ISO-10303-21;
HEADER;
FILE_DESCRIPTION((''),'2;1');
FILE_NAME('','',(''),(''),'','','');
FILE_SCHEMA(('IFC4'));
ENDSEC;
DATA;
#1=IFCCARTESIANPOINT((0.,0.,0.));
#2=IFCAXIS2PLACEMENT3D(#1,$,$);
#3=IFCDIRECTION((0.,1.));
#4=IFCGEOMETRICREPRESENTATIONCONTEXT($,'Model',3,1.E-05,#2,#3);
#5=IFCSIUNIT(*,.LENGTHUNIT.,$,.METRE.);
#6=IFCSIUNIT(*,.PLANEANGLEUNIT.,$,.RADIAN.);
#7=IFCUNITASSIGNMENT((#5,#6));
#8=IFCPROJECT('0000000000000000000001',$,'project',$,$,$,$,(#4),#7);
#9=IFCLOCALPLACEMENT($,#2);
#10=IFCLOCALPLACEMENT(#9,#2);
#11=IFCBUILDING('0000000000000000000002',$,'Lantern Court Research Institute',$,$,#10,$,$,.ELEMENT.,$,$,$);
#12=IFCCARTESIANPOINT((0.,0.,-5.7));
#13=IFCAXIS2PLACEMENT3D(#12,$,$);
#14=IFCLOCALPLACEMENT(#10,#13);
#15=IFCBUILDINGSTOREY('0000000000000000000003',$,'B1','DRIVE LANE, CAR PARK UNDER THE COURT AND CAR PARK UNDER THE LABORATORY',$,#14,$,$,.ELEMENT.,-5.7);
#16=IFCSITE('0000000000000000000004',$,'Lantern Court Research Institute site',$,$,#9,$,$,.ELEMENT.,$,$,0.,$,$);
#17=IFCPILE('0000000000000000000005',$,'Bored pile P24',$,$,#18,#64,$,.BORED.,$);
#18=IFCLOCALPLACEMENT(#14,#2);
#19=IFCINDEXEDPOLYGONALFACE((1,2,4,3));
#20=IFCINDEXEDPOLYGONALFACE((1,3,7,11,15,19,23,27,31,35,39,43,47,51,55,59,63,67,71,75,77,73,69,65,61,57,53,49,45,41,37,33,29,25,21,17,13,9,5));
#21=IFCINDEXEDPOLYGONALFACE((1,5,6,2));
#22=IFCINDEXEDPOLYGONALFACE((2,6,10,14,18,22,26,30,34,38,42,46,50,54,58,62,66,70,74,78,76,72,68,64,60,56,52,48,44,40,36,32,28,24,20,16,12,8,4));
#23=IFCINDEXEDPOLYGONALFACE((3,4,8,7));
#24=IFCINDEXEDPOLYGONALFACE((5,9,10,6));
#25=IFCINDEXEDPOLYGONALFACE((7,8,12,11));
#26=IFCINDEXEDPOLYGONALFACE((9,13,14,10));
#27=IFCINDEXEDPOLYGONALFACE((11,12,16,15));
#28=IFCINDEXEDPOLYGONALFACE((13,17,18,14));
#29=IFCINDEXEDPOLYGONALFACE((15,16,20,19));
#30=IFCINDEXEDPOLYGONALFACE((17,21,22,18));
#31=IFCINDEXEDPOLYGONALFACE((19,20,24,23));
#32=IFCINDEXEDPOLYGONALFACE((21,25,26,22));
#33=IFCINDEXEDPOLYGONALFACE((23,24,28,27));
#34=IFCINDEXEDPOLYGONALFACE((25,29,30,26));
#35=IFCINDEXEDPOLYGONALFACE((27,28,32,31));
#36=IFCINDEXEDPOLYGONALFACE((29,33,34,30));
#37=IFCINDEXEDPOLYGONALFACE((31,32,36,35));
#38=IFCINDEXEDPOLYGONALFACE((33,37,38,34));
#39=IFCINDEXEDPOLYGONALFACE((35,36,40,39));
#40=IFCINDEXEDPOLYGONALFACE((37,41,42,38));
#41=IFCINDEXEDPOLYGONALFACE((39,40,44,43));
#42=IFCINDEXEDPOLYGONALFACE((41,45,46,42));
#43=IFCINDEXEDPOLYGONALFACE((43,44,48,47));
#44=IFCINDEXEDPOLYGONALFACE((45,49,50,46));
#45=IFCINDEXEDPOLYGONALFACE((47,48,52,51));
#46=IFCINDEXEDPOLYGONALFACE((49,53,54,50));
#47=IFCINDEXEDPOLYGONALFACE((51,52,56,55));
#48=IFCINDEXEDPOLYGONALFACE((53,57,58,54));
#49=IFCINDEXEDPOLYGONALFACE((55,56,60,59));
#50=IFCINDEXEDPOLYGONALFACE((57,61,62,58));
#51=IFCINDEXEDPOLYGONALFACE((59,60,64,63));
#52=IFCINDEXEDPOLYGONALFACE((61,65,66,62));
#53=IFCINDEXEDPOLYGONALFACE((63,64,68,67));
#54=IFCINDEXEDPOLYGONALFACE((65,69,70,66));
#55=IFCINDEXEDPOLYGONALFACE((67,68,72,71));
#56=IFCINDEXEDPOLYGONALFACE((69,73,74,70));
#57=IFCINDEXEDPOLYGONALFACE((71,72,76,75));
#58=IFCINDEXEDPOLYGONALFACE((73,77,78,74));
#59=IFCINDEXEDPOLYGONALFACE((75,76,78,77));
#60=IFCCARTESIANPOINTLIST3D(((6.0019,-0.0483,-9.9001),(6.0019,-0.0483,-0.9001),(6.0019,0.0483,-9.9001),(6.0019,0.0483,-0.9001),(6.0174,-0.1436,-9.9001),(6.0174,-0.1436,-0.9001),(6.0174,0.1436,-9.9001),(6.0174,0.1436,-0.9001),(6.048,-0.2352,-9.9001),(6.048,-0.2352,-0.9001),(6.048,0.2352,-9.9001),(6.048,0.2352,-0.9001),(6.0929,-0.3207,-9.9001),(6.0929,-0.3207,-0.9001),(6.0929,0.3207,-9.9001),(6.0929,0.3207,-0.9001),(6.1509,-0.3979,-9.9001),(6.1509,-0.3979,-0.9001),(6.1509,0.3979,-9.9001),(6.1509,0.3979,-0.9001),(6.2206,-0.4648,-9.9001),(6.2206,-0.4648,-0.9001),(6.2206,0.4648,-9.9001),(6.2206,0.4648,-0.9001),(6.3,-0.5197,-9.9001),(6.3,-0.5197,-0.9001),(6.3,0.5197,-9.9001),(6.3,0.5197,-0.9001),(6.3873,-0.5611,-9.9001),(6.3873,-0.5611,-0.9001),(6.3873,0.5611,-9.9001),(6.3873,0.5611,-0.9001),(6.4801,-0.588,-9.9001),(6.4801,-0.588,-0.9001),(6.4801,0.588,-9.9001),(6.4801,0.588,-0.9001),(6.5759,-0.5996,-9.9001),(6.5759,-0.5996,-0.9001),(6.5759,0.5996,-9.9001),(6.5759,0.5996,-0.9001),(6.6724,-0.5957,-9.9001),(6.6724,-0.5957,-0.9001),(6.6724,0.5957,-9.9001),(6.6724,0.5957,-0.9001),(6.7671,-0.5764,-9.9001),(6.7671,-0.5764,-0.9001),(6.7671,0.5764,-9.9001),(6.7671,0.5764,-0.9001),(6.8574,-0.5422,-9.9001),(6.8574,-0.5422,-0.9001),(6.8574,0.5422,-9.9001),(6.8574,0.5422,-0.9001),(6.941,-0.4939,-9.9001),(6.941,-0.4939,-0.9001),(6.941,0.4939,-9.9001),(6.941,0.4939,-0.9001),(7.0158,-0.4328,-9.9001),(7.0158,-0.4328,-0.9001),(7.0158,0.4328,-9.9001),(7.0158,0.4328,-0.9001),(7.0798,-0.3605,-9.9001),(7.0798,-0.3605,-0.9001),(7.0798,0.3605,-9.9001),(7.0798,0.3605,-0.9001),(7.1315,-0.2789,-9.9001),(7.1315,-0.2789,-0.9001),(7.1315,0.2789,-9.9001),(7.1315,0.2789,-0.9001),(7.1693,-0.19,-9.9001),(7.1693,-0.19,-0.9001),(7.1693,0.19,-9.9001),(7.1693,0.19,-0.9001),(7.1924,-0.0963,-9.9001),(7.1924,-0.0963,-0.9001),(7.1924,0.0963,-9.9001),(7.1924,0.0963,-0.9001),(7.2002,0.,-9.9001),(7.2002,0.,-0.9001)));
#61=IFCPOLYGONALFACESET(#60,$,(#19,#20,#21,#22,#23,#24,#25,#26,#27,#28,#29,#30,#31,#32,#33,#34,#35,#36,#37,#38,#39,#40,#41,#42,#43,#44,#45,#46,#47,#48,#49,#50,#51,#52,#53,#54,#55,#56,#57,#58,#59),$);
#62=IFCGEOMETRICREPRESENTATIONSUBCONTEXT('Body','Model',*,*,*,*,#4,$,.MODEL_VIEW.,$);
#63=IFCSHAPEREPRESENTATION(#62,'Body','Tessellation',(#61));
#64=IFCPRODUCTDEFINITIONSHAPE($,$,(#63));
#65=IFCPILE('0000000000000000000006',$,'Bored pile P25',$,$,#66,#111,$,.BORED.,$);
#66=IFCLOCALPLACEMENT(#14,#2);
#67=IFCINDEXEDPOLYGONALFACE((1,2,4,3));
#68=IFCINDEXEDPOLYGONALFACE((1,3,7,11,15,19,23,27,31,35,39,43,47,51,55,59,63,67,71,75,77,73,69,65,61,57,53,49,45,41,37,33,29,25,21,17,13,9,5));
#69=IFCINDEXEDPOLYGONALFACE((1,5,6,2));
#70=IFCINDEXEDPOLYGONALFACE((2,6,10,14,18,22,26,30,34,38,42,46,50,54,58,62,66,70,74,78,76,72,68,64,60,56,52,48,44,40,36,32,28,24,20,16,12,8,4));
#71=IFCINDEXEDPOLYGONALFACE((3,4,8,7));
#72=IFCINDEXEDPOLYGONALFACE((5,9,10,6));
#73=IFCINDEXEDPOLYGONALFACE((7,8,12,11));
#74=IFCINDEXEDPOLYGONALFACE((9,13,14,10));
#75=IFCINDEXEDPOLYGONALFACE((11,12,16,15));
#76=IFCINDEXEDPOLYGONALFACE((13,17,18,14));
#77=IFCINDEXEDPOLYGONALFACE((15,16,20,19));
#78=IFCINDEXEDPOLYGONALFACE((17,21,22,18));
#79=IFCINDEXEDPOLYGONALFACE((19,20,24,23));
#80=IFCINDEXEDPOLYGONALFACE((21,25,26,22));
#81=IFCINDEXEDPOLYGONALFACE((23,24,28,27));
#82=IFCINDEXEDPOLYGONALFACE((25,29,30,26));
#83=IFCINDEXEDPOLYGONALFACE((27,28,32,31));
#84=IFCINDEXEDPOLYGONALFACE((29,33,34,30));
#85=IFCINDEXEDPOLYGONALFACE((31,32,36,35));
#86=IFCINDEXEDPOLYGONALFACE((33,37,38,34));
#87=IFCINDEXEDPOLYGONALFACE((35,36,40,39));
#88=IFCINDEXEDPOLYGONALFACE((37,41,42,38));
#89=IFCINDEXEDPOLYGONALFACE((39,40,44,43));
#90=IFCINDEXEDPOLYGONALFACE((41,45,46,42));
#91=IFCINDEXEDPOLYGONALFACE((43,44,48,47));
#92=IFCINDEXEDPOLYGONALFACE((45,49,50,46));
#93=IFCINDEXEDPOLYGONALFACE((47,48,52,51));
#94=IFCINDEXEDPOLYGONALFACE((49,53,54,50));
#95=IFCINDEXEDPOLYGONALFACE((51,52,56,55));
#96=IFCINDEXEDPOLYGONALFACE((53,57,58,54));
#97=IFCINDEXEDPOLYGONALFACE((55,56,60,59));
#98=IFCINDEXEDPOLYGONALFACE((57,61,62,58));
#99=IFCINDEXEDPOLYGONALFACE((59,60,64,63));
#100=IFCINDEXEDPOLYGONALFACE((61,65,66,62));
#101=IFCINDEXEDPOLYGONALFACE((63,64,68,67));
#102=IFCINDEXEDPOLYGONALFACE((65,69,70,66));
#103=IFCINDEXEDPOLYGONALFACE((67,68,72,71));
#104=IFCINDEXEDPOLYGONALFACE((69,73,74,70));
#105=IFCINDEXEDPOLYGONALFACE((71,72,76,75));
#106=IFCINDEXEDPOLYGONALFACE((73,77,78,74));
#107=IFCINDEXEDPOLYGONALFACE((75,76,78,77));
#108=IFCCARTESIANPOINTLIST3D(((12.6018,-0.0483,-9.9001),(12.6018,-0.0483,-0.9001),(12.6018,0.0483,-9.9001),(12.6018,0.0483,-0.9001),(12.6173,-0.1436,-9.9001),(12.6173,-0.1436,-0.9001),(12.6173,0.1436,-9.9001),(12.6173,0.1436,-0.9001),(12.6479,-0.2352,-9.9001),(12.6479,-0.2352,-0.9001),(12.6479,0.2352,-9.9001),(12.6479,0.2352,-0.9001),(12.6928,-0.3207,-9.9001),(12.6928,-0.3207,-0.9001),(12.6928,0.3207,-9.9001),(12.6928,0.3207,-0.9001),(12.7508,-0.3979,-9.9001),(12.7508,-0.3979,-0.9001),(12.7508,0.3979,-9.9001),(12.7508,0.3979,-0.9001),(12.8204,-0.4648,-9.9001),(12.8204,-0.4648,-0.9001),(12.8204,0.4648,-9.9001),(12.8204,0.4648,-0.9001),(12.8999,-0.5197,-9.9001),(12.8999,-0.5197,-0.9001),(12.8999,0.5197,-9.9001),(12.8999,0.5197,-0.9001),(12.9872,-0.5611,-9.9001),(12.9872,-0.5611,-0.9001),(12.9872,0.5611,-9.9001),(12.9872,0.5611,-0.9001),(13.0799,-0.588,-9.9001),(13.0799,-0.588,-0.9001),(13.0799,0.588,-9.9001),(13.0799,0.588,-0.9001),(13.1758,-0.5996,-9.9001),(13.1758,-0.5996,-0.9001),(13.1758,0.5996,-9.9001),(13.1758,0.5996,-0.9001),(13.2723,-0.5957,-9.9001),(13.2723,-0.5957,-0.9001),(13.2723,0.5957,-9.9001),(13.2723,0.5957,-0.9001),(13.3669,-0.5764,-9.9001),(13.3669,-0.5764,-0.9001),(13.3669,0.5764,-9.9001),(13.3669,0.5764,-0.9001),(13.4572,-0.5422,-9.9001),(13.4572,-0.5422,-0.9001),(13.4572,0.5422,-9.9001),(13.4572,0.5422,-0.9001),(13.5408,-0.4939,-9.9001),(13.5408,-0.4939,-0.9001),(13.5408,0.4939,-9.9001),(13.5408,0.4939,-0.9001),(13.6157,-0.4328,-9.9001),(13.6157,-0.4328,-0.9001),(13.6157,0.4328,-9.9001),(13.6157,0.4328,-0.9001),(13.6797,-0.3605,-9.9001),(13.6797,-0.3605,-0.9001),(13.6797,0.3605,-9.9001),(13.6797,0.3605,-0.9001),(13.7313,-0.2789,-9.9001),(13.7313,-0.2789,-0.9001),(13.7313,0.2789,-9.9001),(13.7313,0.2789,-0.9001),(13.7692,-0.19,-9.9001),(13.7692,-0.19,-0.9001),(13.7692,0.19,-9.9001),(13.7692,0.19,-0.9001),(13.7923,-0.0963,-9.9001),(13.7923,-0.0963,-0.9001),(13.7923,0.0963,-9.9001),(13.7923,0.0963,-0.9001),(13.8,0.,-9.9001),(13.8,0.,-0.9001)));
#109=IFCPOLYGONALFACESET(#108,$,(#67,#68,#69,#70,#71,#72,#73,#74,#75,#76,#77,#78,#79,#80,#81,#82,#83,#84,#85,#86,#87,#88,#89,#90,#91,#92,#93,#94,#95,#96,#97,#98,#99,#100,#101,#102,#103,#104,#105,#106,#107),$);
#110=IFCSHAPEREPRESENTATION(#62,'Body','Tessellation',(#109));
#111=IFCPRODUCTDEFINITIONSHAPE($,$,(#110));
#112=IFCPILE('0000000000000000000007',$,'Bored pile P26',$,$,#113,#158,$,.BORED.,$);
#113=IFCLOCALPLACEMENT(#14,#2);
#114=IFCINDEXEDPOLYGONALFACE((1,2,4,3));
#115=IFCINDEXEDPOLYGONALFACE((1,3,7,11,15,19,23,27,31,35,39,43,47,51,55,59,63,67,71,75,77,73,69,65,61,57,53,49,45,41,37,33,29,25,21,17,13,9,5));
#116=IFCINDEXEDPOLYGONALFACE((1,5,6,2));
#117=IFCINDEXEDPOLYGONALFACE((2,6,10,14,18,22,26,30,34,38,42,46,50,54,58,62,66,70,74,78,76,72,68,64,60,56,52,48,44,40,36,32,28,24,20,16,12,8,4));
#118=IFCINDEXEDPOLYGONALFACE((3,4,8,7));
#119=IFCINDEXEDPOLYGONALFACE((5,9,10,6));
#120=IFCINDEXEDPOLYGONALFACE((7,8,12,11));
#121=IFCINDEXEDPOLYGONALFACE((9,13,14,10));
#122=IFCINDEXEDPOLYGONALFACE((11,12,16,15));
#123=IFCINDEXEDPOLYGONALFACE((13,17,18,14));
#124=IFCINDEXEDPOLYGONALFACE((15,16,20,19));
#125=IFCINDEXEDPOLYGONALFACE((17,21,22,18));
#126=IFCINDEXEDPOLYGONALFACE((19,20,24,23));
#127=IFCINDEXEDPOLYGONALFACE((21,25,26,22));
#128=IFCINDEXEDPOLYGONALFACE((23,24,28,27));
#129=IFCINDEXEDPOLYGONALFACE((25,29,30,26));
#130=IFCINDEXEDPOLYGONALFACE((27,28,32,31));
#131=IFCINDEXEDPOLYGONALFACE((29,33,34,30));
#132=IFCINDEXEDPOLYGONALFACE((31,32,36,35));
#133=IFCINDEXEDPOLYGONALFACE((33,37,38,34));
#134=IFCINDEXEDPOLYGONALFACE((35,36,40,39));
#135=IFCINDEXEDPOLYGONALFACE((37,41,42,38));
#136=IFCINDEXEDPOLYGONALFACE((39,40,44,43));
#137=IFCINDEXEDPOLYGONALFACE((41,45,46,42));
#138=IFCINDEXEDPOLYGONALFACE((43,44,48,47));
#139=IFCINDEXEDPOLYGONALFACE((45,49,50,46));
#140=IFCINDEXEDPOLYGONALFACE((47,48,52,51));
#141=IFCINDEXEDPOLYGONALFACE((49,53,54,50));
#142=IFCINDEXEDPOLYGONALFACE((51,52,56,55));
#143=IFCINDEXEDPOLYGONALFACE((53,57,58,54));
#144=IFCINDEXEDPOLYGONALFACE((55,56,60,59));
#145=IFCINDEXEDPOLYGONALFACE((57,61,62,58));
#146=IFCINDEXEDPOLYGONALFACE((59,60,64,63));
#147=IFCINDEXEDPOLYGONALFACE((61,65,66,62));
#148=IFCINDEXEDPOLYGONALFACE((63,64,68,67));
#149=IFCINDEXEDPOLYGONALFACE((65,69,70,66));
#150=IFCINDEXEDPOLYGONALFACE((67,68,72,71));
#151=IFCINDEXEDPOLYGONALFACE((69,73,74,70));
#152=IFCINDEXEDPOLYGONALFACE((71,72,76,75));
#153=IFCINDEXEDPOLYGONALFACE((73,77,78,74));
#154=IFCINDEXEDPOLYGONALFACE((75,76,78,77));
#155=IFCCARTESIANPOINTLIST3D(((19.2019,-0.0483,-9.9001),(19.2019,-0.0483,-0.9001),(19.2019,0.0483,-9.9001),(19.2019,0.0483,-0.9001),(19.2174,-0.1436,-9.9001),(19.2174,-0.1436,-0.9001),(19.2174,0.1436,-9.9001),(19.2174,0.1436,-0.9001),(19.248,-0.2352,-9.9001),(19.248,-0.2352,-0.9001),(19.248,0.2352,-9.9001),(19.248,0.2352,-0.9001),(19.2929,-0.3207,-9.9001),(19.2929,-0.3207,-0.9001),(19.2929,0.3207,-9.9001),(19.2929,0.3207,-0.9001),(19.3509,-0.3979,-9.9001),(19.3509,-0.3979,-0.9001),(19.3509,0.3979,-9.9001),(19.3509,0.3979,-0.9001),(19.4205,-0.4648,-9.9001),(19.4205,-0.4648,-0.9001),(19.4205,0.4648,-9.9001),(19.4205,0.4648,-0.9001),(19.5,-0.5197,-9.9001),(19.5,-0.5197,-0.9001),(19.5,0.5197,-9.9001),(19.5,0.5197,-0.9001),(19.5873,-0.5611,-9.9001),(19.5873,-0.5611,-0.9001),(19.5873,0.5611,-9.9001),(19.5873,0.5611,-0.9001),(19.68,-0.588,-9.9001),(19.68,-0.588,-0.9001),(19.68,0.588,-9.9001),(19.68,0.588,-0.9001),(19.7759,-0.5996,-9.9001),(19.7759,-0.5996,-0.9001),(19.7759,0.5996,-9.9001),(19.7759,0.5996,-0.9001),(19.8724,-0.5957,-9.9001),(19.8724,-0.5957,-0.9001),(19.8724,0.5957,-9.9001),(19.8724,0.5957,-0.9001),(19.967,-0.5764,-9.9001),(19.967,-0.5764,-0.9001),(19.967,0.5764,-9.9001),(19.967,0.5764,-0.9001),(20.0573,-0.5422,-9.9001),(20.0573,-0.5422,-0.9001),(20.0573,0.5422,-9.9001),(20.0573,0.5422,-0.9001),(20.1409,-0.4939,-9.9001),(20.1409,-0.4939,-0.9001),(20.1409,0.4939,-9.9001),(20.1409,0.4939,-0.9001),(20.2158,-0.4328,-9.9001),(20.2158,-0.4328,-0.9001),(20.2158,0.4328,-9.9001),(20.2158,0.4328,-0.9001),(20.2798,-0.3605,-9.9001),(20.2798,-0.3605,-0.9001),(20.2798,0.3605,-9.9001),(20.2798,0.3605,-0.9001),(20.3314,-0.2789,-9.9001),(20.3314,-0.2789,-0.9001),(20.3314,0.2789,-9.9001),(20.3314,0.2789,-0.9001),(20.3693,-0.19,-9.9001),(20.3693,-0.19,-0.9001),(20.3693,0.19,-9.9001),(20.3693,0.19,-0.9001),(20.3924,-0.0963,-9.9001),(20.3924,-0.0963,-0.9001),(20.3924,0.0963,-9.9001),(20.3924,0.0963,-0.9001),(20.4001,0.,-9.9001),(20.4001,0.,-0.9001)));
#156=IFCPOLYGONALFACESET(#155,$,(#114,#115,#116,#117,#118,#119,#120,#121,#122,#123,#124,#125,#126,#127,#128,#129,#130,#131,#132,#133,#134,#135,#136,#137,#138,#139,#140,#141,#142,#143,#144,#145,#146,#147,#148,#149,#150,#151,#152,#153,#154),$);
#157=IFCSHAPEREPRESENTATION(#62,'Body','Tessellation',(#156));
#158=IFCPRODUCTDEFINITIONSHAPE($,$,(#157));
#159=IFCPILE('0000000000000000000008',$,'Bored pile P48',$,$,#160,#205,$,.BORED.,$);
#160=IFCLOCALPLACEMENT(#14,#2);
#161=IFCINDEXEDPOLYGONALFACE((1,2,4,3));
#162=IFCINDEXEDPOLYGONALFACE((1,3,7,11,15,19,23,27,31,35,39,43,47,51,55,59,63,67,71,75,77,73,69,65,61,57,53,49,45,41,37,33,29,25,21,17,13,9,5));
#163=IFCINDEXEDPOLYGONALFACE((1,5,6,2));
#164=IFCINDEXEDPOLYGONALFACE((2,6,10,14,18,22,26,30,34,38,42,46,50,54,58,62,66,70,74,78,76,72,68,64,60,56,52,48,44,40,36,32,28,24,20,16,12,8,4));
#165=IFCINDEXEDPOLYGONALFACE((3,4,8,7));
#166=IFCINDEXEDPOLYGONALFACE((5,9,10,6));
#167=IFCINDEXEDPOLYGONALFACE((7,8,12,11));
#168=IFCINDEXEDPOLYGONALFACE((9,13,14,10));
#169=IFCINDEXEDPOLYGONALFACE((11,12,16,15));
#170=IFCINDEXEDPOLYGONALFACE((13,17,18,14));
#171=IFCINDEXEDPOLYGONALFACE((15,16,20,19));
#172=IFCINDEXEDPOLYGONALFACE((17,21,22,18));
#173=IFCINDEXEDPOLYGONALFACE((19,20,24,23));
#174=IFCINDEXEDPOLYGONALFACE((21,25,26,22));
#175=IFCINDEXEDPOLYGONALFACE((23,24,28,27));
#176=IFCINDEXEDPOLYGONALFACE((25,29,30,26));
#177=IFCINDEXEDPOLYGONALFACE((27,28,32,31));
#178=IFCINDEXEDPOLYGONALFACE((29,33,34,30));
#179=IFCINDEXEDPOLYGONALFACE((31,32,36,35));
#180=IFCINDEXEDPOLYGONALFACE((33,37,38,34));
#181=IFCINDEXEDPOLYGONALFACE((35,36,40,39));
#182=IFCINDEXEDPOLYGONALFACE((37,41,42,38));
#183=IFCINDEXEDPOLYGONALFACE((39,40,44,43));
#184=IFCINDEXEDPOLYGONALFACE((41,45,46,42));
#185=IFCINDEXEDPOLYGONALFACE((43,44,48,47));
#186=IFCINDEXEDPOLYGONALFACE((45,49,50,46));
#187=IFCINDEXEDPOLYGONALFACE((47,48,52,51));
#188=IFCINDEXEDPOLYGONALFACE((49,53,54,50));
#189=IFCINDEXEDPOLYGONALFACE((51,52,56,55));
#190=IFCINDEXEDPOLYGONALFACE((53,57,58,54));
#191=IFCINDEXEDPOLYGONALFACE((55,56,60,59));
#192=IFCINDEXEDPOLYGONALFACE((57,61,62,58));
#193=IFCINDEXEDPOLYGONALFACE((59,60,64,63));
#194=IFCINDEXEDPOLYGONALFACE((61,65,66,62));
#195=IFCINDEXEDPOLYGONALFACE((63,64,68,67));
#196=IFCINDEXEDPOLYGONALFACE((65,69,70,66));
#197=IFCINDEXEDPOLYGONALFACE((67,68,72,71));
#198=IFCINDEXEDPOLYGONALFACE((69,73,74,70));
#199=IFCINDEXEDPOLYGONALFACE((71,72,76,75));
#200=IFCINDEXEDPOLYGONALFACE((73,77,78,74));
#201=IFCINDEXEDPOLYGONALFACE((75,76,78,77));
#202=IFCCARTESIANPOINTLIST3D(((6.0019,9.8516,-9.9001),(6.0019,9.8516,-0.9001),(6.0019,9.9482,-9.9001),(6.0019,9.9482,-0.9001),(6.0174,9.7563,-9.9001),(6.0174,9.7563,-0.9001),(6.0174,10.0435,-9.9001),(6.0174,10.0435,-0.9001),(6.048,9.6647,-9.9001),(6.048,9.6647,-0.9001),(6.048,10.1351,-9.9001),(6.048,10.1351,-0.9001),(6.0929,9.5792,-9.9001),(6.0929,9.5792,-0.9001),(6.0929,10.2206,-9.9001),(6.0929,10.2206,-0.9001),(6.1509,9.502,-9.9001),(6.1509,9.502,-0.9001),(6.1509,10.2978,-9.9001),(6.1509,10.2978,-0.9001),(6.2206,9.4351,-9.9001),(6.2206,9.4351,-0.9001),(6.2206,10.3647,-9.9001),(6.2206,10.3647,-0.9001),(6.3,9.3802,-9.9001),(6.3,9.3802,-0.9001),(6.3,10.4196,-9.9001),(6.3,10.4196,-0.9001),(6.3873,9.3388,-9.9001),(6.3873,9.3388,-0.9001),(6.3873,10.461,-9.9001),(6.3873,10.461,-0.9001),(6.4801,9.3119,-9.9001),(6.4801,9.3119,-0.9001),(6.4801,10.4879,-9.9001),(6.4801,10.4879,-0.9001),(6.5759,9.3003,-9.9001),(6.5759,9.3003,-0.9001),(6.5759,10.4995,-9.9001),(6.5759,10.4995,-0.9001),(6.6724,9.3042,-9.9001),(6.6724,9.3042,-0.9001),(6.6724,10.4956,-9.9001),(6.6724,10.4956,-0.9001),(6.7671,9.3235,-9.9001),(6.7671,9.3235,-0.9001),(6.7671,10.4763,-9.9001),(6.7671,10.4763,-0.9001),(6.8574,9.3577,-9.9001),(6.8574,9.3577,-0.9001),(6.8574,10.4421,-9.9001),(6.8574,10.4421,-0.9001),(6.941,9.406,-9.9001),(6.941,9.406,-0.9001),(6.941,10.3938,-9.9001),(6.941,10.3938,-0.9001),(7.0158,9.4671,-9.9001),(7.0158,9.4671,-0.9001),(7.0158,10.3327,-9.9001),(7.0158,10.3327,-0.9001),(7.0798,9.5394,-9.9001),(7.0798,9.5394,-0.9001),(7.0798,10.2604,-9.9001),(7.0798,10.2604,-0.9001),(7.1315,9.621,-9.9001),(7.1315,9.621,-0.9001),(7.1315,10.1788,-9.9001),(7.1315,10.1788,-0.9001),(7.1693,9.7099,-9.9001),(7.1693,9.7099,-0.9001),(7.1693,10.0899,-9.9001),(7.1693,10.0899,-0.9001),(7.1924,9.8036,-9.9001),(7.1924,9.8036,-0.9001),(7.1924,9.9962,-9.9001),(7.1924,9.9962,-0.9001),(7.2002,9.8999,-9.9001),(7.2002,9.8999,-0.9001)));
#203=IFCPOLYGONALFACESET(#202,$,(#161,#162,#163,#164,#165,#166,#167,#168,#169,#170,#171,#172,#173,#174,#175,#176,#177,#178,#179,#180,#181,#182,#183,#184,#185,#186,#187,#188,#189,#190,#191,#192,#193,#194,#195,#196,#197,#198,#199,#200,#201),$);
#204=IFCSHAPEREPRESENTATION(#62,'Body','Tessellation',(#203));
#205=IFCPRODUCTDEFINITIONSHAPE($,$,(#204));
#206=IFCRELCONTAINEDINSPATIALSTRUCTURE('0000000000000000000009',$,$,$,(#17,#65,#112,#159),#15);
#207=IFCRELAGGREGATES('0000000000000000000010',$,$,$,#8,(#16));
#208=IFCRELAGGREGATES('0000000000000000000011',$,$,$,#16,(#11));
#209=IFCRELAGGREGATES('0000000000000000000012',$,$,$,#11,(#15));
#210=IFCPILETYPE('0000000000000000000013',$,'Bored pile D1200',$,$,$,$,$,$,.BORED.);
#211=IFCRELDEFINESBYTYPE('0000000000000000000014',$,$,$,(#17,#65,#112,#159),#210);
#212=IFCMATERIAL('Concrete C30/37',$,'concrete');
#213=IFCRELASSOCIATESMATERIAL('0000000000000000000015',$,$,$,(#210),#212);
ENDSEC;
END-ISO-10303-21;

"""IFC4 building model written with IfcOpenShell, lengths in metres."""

from ifc_helpers import new_model, si_unit, direction, frame, origin, origin_2d, place, context, subcontext, project, spatial, circle, extrude, material, material_profile, profile_set, type_object, element, save


model = new_model("IFC4")

# Units and contexts
model_context = context("Model", 3, precision=1e-05, world=origin(), true_north=direction((0.0, 1.0)))
body_context = subcontext(model_context, "Body", "Model", "MODEL_VIEW")
ifc_project = project(units=[si_unit("LENGTHUNIT", "METRE"), si_unit("PLANEANGLEUNIT", "RADIAN")], contexts=[model_context])

# Site, building, storey
site_placement = place(None, origin())
site = spatial("IfcSite", under=ifc_project, at=site_placement, Name="Lantern Court Research Institute site", CompositionType="ELEMENT", RefElevation=0.0)
building_placement = place(site_placement, origin())
building = spatial("IfcBuilding", under=site, at=building_placement, Name="Lantern Court Research Institute", CompositionType="ELEMENT")
storey_placement = place(building_placement, frame((0.0, 0.0, -5.7)))
storey = spatial("IfcBuildingStorey", under=building, at=storey_placement, Name="B1", Description="DRIVE LANE, CAR PARK UNDER THE COURT AND CAR PARK UNDER THE LABORATORY", CompositionType="ELEMENT", Elevation=-5.7)

# Piles
ifc_material_1 = material(Name="Concrete C30/37", Category="concrete")
ifc_material_profile_1 = material_profile(ifc_material_1, circle(Radius=0.6001, at=origin_2d()), Name="Bored pile D1200")
ifc_profile_set_1 = profile_set([ifc_material_profile_1], Name="Concrete C30/37")
pile_type = type_object("IfcPileType", Name="Bored pile D1200", PredefinedType="BORED", material=ifc_profile_set_1)
for number, where, z_axis, x_axis, name in (
    (1, (6.6001, 0.0, -0.9001), (0.0, 0.0, -1.0), (1.0, 0.0, 0.0), "Bored pile P24"),
    (2, (13.2, 0.0, -0.9001), (0.0, 0.0, -1.0), (1.0, 0.0, 0.0), "Bored pile P25"),
    (3, (19.8, 0.0, -0.9001), (0.0, 0.0, -1.0), (1.0, 0.0, 0.0), "Bored pile P26"),
    (4, (6.6001, 9.8999, -0.9001), (0.0, 0.0, -1.0), (1.0, 0.0, 0.0), "Bored pile P48"),
):
    element("IfcPile", number, at=place(storey_placement, frame(where, z_axis=z_axis, x_axis=x_axis)), inside=storey, type_object=pile_type, Name=name, PredefinedType="BORED", context=body_context, shape_type="SweptSolid", body=[
        extrude(circle(Radius=0.6001, at=origin_2d()), origin(), (0.0, 0.0, 1.0), 9.0),
    ])

save(model, "model.ifc")
